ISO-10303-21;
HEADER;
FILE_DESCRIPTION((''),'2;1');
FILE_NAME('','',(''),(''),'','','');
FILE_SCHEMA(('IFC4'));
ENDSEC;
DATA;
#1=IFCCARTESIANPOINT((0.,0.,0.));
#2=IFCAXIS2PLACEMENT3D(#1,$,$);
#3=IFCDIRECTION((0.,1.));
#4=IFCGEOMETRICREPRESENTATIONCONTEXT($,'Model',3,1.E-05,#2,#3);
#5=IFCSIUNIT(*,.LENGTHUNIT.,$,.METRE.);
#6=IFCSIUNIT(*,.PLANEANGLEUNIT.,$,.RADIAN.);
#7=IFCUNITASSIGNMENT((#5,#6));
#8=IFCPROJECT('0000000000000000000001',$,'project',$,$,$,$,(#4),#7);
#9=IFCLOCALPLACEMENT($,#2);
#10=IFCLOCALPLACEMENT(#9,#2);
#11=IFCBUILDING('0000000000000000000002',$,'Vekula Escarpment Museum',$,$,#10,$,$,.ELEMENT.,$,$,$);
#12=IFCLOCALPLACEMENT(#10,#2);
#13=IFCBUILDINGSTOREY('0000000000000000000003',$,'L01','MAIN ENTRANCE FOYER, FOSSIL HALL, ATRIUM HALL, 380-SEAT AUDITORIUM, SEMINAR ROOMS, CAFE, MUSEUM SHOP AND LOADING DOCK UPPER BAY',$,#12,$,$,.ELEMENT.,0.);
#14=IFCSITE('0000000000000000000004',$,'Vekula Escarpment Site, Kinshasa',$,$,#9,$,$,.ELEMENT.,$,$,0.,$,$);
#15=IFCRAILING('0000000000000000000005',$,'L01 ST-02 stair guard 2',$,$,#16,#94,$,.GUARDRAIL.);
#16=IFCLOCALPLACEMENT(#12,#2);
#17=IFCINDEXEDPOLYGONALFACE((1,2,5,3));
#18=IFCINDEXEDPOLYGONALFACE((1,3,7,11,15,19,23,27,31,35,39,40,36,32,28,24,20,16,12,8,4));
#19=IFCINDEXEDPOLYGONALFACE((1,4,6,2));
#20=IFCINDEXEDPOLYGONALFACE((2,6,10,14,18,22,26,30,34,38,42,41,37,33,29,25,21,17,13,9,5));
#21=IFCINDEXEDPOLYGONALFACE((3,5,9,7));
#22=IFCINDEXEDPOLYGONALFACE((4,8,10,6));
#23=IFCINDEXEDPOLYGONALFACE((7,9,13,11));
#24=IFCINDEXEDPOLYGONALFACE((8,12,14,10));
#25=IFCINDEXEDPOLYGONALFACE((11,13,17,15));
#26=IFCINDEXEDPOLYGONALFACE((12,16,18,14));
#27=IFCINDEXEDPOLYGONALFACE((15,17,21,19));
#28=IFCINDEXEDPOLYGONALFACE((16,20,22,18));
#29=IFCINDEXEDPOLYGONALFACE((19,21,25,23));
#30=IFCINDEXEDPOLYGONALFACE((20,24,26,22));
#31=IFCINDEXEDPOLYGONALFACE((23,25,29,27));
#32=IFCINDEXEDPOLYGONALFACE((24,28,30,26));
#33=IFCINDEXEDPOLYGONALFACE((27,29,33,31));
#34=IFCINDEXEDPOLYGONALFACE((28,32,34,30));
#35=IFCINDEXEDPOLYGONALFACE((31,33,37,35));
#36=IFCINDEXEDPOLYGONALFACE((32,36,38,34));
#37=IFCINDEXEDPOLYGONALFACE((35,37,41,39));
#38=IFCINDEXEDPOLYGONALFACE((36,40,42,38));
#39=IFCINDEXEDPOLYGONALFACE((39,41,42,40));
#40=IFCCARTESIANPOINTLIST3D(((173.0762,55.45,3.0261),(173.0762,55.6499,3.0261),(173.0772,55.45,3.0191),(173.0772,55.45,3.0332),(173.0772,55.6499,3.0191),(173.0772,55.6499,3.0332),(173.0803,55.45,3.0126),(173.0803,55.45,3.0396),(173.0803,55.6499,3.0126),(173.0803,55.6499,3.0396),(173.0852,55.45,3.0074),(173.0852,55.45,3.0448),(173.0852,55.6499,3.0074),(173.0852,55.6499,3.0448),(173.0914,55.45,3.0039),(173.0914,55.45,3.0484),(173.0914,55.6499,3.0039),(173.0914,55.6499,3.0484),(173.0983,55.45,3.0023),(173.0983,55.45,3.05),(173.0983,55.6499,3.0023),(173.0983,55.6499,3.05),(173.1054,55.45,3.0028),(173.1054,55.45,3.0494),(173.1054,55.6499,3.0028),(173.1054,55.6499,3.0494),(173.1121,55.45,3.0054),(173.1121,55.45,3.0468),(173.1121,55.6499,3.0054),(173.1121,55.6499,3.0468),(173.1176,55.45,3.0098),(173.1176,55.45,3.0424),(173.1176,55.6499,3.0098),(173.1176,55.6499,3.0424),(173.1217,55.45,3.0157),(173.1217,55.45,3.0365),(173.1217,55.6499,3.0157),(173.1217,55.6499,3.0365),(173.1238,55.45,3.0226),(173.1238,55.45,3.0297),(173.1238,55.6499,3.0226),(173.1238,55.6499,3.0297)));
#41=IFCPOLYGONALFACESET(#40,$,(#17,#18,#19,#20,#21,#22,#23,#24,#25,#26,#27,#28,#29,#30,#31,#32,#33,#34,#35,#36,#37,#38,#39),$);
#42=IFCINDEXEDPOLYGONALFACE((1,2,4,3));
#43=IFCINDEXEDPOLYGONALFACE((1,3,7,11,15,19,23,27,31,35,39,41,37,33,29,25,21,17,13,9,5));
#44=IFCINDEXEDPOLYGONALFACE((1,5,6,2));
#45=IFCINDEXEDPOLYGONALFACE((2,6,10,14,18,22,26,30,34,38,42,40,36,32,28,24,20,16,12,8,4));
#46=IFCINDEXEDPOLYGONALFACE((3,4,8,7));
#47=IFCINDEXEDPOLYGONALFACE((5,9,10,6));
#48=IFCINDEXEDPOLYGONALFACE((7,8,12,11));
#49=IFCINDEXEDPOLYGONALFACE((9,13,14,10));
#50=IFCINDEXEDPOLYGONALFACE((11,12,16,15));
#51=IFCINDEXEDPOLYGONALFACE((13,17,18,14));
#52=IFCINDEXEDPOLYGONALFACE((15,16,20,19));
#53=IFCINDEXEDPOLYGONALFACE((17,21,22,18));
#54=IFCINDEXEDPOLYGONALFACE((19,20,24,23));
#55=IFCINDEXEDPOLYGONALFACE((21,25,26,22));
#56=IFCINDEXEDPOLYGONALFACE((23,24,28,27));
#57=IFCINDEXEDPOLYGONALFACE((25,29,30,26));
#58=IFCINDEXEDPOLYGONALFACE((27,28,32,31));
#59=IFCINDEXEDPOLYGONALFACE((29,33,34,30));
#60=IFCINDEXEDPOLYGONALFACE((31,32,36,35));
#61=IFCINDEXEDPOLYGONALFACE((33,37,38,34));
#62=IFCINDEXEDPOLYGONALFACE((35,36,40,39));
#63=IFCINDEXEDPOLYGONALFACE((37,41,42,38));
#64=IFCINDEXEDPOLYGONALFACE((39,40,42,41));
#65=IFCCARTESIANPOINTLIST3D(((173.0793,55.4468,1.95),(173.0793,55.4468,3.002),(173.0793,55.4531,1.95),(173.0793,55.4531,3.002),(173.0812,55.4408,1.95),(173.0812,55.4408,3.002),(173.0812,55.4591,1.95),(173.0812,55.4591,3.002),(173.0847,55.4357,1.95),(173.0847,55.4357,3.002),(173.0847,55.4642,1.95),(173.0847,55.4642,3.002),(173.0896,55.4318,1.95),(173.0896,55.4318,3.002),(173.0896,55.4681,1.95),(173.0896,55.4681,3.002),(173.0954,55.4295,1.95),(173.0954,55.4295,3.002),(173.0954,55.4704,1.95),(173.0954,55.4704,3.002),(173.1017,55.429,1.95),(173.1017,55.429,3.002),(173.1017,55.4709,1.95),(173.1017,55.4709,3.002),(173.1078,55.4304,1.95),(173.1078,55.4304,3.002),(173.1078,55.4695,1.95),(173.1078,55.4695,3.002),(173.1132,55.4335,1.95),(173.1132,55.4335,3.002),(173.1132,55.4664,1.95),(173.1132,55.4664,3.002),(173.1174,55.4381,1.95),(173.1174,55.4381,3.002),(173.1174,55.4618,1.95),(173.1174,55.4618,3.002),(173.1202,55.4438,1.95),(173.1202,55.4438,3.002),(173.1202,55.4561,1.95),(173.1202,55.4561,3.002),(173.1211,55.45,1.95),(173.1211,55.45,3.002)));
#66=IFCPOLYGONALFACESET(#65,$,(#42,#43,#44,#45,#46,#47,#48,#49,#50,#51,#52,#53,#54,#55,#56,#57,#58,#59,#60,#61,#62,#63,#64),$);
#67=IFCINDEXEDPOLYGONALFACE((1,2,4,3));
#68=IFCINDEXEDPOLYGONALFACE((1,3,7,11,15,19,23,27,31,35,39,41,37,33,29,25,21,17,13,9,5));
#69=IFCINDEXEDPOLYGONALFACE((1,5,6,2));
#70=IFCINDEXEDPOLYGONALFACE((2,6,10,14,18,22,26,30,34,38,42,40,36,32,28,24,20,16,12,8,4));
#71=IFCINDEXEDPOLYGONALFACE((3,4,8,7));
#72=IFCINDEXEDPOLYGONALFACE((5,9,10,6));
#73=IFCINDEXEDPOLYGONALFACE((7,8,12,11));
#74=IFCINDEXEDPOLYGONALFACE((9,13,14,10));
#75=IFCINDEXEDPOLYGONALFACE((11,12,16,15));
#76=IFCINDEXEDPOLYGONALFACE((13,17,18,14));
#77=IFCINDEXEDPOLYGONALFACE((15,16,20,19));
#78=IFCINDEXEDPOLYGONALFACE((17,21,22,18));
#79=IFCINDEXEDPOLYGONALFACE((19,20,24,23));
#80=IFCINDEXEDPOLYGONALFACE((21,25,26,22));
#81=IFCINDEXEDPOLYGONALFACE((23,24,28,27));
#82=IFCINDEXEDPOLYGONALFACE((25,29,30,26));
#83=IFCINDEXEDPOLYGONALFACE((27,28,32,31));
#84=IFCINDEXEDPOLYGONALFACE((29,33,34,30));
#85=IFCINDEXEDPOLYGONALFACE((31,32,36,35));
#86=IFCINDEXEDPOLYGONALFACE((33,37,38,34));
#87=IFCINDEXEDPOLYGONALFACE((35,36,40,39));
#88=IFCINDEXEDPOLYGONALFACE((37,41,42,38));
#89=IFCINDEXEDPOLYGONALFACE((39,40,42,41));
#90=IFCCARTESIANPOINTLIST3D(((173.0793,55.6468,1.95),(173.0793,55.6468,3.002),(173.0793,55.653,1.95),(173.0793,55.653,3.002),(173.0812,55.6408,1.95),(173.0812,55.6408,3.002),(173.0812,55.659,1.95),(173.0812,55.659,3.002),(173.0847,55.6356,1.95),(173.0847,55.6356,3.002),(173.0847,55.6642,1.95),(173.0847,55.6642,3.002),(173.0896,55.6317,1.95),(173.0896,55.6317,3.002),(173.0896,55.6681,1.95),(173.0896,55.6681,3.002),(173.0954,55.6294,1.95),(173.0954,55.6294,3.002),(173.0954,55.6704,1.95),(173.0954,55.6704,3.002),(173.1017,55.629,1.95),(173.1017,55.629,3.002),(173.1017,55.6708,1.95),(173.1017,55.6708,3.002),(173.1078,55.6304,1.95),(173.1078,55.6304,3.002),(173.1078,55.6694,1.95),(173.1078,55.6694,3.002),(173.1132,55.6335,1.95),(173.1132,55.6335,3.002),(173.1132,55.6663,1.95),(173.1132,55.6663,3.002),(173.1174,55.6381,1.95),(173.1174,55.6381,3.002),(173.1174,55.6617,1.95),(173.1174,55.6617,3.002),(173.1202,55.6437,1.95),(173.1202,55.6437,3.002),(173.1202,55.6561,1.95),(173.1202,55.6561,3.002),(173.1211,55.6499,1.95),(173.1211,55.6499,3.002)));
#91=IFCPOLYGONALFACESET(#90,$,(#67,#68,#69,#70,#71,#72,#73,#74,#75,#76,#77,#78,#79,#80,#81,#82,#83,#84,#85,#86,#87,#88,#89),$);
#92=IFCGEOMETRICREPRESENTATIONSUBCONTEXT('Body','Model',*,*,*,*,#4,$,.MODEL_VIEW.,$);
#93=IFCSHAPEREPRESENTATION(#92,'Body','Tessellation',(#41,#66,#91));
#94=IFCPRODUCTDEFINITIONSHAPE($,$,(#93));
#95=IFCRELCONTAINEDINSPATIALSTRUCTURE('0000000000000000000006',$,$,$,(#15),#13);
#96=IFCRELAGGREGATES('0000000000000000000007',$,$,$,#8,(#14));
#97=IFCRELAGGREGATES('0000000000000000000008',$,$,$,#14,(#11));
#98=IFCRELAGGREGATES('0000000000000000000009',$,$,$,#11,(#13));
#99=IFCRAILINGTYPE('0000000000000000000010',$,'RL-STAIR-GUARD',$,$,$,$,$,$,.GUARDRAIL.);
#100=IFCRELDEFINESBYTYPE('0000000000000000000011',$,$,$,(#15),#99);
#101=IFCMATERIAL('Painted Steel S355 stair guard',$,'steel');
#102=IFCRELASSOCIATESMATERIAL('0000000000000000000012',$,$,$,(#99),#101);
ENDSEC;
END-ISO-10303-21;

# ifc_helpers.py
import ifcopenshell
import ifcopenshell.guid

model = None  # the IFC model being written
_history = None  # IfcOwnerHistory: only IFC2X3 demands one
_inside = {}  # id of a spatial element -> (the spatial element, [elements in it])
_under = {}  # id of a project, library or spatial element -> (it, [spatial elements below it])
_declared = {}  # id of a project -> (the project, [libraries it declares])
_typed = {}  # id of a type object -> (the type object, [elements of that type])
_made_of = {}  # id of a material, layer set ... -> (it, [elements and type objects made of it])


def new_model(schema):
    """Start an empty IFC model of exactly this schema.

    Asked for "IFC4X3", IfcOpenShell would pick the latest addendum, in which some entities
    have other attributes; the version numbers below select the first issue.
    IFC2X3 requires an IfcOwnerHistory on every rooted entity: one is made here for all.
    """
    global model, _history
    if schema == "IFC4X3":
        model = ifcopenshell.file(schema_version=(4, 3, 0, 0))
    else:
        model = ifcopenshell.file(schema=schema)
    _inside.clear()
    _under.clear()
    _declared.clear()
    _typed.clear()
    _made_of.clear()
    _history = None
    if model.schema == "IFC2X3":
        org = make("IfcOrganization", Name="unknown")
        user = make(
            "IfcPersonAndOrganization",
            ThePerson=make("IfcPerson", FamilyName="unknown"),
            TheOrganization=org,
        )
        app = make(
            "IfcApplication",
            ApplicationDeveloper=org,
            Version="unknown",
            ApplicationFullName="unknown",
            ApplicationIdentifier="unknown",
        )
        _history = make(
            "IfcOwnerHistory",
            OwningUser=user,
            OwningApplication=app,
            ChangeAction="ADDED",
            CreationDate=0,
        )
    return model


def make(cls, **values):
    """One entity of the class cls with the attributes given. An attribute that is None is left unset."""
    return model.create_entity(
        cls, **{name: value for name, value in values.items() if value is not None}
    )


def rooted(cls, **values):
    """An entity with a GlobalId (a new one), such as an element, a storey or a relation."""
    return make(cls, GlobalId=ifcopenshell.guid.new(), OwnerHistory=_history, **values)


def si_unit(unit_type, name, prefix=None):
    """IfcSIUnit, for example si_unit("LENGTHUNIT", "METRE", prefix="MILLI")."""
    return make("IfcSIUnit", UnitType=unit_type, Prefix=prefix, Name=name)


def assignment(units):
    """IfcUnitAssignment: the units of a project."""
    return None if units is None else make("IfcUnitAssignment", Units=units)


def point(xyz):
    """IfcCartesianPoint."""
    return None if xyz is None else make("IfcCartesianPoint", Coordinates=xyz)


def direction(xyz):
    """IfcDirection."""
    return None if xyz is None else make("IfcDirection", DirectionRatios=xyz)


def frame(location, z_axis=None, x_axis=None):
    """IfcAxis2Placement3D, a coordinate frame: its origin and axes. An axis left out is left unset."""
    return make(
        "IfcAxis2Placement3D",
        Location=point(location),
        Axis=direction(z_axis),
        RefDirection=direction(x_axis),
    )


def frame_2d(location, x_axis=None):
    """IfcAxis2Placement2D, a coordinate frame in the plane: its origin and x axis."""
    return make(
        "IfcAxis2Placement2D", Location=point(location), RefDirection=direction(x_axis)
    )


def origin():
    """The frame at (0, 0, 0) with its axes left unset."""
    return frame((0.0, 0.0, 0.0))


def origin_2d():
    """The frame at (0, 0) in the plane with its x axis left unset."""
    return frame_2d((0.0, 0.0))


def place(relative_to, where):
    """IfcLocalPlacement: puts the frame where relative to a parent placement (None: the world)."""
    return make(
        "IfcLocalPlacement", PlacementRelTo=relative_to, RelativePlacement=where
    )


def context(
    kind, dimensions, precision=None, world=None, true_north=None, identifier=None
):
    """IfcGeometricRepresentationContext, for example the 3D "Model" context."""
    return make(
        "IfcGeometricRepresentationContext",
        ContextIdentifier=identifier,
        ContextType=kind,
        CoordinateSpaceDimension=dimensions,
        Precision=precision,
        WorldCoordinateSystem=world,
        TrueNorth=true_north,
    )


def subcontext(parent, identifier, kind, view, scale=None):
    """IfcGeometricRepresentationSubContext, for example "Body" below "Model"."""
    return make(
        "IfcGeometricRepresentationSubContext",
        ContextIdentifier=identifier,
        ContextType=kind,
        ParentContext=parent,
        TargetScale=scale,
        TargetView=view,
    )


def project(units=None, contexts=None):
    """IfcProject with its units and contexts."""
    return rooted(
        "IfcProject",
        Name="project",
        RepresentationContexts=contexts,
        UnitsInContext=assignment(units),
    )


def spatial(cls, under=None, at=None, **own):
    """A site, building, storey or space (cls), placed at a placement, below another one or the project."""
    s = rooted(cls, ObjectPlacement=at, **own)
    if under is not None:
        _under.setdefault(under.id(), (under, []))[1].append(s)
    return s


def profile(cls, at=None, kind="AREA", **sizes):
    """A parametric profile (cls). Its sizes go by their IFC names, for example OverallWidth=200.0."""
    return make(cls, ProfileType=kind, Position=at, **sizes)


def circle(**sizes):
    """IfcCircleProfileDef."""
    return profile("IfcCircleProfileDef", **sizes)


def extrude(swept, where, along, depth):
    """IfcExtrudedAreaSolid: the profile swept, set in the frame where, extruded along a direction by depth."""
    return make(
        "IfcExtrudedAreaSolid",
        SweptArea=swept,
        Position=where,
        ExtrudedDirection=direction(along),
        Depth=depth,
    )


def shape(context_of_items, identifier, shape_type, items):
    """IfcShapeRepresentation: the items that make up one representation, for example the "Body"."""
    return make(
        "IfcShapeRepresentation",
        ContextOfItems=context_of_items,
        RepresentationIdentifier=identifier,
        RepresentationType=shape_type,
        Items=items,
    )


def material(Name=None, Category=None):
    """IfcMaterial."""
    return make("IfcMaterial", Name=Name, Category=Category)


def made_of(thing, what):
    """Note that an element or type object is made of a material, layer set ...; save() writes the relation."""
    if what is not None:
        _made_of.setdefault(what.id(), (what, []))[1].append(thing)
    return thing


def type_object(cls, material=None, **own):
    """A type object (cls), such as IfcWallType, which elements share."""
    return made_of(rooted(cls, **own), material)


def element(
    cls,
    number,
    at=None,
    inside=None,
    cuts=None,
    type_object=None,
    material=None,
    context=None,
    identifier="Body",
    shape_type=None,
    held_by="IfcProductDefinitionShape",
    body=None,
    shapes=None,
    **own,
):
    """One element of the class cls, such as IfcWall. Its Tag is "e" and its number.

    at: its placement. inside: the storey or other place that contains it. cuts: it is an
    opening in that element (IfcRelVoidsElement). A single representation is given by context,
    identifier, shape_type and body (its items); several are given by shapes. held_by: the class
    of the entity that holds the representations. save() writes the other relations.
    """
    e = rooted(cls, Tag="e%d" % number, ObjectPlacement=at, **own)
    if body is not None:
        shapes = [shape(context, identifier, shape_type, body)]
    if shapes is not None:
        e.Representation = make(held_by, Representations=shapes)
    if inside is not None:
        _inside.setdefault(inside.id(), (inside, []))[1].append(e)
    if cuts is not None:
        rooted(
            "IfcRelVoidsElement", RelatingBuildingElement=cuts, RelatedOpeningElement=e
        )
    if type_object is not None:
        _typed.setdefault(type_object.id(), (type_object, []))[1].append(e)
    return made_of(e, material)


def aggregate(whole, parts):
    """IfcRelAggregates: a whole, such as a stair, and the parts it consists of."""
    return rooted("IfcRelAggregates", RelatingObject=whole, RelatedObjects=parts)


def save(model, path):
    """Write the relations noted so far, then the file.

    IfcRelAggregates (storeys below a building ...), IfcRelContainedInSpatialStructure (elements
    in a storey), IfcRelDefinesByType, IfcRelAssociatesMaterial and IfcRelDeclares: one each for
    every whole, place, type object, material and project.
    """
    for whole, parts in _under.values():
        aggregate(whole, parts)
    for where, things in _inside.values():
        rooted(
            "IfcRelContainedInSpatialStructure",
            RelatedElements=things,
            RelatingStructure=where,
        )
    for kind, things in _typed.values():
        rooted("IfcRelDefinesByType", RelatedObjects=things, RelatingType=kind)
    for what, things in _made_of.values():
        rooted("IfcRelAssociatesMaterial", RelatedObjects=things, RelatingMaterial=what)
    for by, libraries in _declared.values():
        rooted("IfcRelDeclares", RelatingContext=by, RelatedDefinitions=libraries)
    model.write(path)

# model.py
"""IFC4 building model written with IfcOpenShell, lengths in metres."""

from ifc_helpers import new_model, si_unit, direction, frame, origin, origin_2d, place, context, subcontext, project, spatial, circle, extrude, material, type_object, element, save


model = new_model("IFC4")

# Units and contexts
model_context = context("Model", 3, precision=1e-05, world=origin(), true_north=direction((0.0, 1.0)))
body_context = subcontext(model_context, "Body", "Model", "MODEL_VIEW")
ifc_project = project(units=[si_unit("LENGTHUNIT", "METRE"), si_unit("PLANEANGLEUNIT", "RADIAN")], contexts=[model_context])

# Site, building, storey
site_placement = place(None, origin())
site = spatial("IfcSite", under=ifc_project, at=site_placement, Name="Vekula Escarpment Site, Kinshasa", CompositionType="ELEMENT", RefElevation=0.0)
building_placement = place(site_placement, origin())
building = spatial("IfcBuilding", under=site, at=building_placement, Name="Vekula Escarpment Museum", CompositionType="ELEMENT")
storey_placement = place(building_placement, origin())
storey = spatial("IfcBuildingStorey", under=building, at=storey_placement, Name="L01", Description="MAIN ENTRANCE FOYER, FOSSIL HALL, ATRIUM HALL, 380-SEAT AUDITORIUM, SEMINAR ROOMS, CAFE, MUSEUM SHOP AND LOADING DOCK UPPER BAY", CompositionType="ELEMENT", Elevation=0.0)

# Railing
ifc_material_1 = material(Name="Painted Steel S355 stair guard", Category="steel")
railing_type_1 = type_object("IfcRailingType", Name="RL-STAIR-GUARD", PredefinedType="GUARDRAIL", material=ifc_material_1)
railing_1_placement = place(storey_placement, frame((173.1001, 55.45, 1.95)))
element("IfcRailing", 1, at=railing_1_placement, inside=storey, type_object=railing_type_1, Name="L01 ST-02 stair guard 2", PredefinedType="GUARDRAIL", context=body_context, shape_type="SweptSolid", body=[
    extrude(circle(Radius=0.0239, at=origin_2d()), frame((0.0, 0.0, 1.0762), z_axis=(0.0, 1.0, 0.0), x_axis=(-1.0, 0.0, 0.0)), (0.0, 0.0, 1.0), 0.2),
    extrude(circle(Radius=0.021, at=origin_2d()), origin(), (0.0, 0.0, 1.0), 1.052),
    extrude(circle(Radius=0.021, at=origin_2d()), frame((0.0, 0.2, 0.0)), (0.0, 0.0, 1.0), 1.052),
])

save(model, "model.ifc")
